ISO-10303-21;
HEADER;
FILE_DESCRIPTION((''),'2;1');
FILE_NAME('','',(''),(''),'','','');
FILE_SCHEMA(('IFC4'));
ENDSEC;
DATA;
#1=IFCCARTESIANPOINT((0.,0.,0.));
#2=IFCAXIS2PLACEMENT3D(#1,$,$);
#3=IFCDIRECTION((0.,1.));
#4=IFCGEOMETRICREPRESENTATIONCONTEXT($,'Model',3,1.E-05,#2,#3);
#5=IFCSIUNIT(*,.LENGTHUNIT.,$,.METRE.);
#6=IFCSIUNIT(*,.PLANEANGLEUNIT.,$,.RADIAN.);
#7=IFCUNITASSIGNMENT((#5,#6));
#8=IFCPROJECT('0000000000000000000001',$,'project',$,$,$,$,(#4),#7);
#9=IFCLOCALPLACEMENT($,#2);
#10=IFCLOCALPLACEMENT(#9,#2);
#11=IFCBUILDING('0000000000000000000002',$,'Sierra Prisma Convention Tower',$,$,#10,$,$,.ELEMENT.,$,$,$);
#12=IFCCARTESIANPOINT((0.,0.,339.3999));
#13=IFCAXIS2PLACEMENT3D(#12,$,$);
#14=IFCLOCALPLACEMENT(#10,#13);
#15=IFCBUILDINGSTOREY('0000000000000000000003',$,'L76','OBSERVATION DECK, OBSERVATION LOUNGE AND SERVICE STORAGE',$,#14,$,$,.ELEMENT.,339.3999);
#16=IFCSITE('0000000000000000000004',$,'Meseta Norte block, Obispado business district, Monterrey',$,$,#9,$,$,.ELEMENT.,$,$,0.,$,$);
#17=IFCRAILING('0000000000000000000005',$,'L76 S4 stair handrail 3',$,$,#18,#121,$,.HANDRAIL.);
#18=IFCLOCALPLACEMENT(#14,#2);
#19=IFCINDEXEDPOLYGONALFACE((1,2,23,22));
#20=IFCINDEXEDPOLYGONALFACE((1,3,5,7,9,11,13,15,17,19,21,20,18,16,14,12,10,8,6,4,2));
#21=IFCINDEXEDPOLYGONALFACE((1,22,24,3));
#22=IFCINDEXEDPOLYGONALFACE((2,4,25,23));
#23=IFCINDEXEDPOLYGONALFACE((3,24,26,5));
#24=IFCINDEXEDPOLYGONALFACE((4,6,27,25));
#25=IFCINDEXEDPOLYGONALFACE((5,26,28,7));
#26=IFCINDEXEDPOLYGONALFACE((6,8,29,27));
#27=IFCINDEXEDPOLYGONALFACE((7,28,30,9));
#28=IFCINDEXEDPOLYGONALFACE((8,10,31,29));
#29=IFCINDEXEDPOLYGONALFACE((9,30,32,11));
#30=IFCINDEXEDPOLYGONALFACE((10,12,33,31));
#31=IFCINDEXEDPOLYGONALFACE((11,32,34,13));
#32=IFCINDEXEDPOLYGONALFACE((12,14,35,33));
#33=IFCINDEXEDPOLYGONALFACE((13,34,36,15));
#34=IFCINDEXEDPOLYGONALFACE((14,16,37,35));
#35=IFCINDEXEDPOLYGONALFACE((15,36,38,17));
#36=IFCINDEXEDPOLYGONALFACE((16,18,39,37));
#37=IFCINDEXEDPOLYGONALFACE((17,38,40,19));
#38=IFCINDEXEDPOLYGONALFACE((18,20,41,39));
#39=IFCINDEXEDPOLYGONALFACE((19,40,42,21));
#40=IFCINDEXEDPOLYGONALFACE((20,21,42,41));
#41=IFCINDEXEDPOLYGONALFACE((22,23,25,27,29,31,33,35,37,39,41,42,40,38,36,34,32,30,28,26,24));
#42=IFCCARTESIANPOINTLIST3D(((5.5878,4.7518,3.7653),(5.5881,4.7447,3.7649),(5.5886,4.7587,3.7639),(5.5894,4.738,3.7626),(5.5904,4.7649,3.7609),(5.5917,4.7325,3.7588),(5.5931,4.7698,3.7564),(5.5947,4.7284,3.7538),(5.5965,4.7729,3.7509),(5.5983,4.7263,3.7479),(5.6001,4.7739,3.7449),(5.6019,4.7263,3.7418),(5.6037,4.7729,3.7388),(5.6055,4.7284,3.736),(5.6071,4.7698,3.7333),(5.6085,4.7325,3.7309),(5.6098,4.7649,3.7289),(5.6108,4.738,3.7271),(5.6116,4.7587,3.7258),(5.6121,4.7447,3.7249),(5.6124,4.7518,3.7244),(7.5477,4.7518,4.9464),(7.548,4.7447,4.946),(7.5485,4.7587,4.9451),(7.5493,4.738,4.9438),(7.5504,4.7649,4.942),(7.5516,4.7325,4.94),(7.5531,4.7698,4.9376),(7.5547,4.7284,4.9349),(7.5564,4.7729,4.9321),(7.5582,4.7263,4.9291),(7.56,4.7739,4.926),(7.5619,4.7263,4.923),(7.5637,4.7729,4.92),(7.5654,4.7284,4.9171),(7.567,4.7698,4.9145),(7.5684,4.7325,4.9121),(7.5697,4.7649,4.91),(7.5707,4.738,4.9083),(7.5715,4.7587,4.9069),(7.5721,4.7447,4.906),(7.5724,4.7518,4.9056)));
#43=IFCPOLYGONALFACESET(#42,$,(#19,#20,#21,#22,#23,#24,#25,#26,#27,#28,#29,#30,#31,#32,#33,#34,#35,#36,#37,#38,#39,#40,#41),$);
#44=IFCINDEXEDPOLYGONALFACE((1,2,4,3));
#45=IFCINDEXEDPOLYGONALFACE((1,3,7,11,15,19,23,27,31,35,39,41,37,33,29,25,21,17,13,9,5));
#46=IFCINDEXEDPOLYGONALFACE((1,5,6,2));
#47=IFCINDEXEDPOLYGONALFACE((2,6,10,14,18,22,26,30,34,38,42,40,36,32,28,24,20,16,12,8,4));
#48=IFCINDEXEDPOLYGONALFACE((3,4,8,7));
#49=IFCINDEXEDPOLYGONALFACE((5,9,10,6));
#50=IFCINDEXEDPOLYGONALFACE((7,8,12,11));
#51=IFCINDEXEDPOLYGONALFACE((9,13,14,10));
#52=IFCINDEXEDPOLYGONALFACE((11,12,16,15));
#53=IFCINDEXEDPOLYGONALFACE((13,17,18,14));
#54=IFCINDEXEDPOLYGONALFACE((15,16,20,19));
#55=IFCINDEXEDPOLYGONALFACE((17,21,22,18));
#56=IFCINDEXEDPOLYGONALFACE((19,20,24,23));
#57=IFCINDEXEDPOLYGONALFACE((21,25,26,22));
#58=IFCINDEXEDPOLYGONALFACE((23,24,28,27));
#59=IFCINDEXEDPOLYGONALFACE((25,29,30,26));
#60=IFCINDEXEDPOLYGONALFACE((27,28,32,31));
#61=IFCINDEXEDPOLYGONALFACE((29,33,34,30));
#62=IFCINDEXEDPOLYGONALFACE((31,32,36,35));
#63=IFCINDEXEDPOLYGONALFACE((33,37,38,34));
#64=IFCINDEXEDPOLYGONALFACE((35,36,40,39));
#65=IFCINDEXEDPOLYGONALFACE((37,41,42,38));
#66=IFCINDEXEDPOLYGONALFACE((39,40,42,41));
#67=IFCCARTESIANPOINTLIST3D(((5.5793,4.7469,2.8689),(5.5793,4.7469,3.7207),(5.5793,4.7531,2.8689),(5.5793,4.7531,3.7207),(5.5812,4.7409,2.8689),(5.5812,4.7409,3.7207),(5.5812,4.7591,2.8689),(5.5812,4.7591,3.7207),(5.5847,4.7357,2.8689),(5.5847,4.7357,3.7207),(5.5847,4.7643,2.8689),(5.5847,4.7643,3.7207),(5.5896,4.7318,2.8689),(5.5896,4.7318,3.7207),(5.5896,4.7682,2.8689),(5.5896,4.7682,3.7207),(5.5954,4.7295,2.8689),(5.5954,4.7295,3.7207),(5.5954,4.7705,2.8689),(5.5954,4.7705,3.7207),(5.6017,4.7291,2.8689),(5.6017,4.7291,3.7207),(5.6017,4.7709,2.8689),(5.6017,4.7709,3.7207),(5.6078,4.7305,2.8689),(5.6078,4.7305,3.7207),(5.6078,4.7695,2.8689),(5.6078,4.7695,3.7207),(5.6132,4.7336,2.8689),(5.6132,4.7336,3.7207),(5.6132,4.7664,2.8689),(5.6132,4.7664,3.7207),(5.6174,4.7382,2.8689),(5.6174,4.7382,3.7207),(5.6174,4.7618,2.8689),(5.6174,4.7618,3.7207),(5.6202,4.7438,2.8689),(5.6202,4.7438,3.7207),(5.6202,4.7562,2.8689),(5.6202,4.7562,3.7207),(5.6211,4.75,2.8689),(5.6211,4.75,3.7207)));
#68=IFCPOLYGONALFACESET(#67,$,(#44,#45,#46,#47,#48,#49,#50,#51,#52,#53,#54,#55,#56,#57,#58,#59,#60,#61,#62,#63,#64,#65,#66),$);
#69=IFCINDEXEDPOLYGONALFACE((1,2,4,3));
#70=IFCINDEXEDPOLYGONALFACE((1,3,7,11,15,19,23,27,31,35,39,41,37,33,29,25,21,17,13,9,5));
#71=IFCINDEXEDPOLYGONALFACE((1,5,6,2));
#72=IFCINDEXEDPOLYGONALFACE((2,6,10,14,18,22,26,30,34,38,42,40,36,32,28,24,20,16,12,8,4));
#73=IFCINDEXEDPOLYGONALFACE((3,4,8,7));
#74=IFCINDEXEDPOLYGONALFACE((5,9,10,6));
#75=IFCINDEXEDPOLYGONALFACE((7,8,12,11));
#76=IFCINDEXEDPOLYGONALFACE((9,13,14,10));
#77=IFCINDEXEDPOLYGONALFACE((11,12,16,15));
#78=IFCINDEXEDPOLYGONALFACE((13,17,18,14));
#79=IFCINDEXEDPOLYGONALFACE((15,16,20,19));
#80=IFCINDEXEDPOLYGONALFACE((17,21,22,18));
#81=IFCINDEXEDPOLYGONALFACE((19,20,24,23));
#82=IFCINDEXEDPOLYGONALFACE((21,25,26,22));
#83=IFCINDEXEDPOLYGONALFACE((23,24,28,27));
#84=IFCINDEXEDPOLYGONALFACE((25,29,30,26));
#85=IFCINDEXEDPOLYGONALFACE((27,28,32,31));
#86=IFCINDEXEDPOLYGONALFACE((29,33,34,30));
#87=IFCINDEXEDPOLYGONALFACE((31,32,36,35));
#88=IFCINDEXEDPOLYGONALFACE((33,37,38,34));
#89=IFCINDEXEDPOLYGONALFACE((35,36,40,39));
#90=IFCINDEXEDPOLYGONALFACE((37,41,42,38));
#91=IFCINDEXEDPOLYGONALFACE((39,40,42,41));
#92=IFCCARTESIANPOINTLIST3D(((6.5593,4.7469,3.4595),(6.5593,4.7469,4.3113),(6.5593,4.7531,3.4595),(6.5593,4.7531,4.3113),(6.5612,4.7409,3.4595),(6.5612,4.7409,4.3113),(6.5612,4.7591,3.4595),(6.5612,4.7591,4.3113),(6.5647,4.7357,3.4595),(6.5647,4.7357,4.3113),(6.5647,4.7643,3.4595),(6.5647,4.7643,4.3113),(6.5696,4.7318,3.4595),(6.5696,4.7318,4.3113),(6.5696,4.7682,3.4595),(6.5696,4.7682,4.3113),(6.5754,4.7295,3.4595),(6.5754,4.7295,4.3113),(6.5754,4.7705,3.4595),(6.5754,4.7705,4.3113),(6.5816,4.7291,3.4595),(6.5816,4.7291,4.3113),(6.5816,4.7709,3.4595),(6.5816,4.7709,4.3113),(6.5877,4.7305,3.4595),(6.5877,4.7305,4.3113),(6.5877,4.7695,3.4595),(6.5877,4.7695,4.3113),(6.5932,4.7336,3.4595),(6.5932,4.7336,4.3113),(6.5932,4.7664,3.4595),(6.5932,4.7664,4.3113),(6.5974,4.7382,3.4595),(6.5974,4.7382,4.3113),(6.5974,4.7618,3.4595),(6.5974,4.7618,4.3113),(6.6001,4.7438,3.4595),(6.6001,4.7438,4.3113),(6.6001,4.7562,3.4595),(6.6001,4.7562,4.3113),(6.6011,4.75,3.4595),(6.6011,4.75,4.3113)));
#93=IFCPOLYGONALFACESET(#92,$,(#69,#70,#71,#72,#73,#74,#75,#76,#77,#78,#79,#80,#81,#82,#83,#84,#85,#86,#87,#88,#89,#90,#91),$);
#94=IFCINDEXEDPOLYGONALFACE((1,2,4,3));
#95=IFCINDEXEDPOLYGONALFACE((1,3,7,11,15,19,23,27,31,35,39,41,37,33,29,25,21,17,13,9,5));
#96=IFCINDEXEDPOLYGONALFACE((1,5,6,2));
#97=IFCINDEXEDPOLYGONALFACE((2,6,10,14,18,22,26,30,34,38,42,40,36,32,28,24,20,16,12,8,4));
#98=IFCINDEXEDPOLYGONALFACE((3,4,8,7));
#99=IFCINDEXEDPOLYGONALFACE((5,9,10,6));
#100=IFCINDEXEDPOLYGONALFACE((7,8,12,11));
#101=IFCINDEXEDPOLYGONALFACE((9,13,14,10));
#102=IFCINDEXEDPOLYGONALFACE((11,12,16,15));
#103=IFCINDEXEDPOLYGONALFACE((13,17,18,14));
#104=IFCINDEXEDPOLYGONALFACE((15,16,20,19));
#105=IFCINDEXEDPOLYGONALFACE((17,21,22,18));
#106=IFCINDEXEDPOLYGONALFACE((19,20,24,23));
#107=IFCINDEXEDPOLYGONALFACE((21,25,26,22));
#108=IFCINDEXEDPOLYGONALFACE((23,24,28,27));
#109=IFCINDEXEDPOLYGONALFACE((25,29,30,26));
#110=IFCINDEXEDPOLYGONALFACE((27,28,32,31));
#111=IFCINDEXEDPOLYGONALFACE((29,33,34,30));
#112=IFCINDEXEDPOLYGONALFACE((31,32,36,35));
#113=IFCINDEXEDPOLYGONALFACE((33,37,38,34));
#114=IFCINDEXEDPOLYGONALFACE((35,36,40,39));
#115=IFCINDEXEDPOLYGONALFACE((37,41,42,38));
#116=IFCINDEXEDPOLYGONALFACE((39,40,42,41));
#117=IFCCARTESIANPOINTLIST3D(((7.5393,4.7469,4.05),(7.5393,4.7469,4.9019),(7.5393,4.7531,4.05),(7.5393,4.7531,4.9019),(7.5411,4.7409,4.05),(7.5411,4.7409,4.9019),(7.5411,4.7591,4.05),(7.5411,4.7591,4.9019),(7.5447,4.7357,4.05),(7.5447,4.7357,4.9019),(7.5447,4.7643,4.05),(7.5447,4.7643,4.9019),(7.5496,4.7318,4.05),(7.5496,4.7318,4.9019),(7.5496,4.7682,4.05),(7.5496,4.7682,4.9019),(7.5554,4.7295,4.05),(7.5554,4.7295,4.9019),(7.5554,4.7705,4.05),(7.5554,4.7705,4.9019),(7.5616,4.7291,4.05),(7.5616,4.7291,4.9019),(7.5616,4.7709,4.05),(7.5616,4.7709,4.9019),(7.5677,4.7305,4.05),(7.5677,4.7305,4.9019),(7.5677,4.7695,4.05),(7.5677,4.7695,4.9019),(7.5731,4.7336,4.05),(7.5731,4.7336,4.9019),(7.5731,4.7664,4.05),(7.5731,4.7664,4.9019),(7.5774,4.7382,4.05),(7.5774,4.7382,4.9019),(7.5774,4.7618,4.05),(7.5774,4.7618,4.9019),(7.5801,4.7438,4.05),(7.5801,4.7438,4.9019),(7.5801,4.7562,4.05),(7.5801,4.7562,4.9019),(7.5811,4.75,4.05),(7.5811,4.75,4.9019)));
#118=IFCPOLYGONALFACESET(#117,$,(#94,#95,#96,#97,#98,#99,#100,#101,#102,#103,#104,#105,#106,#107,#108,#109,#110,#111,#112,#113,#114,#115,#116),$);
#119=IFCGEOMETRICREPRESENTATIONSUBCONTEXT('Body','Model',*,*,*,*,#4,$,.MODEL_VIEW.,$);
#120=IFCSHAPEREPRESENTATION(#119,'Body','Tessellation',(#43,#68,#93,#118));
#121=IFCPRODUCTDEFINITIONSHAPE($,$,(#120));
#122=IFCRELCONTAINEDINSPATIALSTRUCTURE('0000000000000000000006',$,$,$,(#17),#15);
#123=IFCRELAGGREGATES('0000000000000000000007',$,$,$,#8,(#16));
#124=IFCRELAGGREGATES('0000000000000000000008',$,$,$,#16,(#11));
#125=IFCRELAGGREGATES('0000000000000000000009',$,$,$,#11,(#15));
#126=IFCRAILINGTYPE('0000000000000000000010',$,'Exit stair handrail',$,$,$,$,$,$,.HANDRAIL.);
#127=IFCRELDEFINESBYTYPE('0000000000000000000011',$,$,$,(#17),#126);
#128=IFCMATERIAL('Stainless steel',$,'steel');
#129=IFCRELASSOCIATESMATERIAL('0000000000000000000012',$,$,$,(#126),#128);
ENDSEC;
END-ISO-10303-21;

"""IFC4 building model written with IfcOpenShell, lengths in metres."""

from ifc_helpers import new_model, si_unit, direction, frame, origin, origin_2d, place, context, subcontext, project, spatial, circle, extrude, material, type_object, element, save


model = new_model("IFC4")

# Units and contexts
model_context = context("Model", 3, precision=1e-05, world=origin(), true_north=direction((0.0, 1.0)))
body_context = subcontext(model_context, "Body", "Model", "MODEL_VIEW")
ifc_project = project(units=[si_unit("LENGTHUNIT", "METRE"), si_unit("PLANEANGLEUNIT", "RADIAN")], contexts=[model_context])

# Site, building, storey
site_placement = place(None, origin())
site = spatial("IfcSite", under=ifc_project, at=site_placement, Name="Meseta Norte block, Obispado business district, Monterrey", CompositionType="ELEMENT", RefElevation=0.0)
building_placement = place(site_placement, origin())
building = spatial("IfcBuilding", under=site, at=building_placement, Name="Sierra Prisma Convention Tower", CompositionType="ELEMENT")
storey_placement = place(building_placement, frame((0.0, 0.0, 339.3999)))
storey = spatial("IfcBuildingStorey", under=building, at=storey_placement, Name="L76", Description="OBSERVATION DECK, OBSERVATION LOUNGE AND SERVICE STORAGE", CompositionType="ELEMENT", Elevation=339.3999)

# Railing
ifc_material_1 = material(Name="Stainless steel", Category="steel")
railing_type_1 = type_object("IfcRailingType", Name="Exit stair handrail", PredefinedType="HANDRAIL", material=ifc_material_1)
for number, where, name in (
    (1, (5.6001, 4.75, 2.8689), "L76 S4 stair handrail 3"),
):
    element("IfcRailing", number, at=place(storey_placement, frame(where)), inside=storey, type_object=railing_type_1, Name=name, PredefinedType="HANDRAIL", context=body_context, shape_type="SweptSolid", body=[
        extrude(circle(Radius=0.0239, at=origin_2d()), frame((0.0, 0.0, 0.876), z_axis=(0.856493, 0.0, 0.516158), x_axis=(0.0, 1.0, 0.0)), (0.0, 0.0, 1.0), 2.2883),
        extrude(circle(Radius=0.021, at=origin_2d()), origin(), (0.0, 0.0, 1.0), 0.8518),
        extrude(circle(Radius=0.021, at=origin_2d()), frame((0.98, 0.0, 0.5906)), (0.0, 0.0, 1.0), 0.8518),
        extrude(circle(Radius=0.021, at=origin_2d()), frame((1.96, 0.0, 1.1812)), (0.0, 0.0, 1.0), 0.8518),
    ])

save(model, "model.ifc")
